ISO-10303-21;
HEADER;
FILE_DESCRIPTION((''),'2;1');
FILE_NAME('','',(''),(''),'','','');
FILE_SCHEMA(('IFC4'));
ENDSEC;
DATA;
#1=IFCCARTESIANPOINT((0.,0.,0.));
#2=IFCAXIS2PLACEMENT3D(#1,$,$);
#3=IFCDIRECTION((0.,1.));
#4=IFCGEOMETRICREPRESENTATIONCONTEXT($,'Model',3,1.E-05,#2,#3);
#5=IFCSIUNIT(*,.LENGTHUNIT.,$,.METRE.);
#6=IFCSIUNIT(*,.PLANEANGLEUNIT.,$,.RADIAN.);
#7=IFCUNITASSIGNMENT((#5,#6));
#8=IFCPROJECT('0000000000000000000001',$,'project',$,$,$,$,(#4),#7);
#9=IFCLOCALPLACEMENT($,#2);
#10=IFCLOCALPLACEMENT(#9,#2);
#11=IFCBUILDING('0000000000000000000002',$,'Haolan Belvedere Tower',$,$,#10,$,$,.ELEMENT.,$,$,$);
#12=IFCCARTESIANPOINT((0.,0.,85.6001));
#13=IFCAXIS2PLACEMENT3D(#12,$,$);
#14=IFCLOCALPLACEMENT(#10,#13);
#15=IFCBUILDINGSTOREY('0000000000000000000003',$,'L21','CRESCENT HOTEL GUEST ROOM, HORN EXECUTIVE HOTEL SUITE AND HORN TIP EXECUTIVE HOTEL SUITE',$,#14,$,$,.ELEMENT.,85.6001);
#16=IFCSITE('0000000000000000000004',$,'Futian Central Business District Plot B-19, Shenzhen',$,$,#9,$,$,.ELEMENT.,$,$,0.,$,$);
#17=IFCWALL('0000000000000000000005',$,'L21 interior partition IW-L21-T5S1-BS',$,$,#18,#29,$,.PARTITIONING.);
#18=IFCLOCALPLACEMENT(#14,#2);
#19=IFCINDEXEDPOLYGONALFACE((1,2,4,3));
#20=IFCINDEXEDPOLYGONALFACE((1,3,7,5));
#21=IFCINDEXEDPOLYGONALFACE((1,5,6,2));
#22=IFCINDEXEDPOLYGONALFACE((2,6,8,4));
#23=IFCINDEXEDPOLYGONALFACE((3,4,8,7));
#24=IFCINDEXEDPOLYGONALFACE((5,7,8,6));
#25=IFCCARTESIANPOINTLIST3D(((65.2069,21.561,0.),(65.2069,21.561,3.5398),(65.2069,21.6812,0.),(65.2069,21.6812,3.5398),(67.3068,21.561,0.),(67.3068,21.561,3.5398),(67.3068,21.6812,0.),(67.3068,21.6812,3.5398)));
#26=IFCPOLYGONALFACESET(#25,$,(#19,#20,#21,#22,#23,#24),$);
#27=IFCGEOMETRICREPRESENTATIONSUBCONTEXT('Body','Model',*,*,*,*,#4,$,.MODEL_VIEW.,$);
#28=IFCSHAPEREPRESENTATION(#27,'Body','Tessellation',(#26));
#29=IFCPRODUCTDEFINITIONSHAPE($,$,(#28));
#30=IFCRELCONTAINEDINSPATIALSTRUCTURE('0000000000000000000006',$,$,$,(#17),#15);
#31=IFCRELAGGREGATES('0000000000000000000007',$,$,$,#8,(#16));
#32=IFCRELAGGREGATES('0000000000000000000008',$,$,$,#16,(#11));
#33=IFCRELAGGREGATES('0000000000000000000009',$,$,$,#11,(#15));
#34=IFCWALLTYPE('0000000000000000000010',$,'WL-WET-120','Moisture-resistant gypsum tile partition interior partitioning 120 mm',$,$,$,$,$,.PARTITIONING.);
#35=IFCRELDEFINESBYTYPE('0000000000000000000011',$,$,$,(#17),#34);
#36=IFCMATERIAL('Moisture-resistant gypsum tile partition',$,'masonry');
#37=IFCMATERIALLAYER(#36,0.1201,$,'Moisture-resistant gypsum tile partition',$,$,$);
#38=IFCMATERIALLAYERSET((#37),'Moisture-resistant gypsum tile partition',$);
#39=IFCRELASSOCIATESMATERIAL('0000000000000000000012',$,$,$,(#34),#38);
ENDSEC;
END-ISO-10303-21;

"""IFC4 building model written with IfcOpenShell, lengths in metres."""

from ifc_helpers import new_model, si_unit, direction, frame, frame_2d, origin, place, context, subcontext, project, spatial, rectangle, extrude, material, layer, layer_set, type_object, element, save


model = new_model("IFC4")

# Units and contexts
model_context = context("Model", 3, precision=1e-05, world=origin(), true_north=direction((0.0, 1.0)))
body_context = subcontext(model_context, "Body", "Model", "MODEL_VIEW")
ifc_project = project(units=[si_unit("LENGTHUNIT", "METRE"), si_unit("PLANEANGLEUNIT", "RADIAN")], contexts=[model_context])

# Site, building, storey
site_placement = place(None, origin())
site = spatial("IfcSite", under=ifc_project, at=site_placement, Name="Futian Central Business District Plot B-19, Shenzhen", CompositionType="ELEMENT", RefElevation=0.0)
building_placement = place(site_placement, origin())
building = spatial("IfcBuilding", under=site, at=building_placement, Name="Haolan Belvedere Tower", CompositionType="ELEMENT")
storey_placement = place(building_placement, frame((0.0, 0.0, 85.6001)))
storey = spatial("IfcBuildingStorey", under=building, at=storey_placement, Name="L21", Description="CRESCENT HOTEL GUEST ROOM, HORN EXECUTIVE HOTEL SUITE AND HORN TIP EXECUTIVE HOTEL SUITE", CompositionType="ELEMENT", Elevation=85.6001)

# Shared definitions
ifc_material_1 = material(Name="Moisture-resistant gypsum tile partition", Category="masonry")
ifc_layer_1 = layer(ifc_material_1, 0.1201, Name="Moisture-resistant gypsum tile partition")
ifc_layer_set_1 = layer_set([ifc_layer_1], Name="Moisture-resistant gypsum tile partition")
wall_type_1 = type_object("IfcWallType", Name="WL-WET-120", Description="Moisture-resistant gypsum tile partition interior partitioning 120 mm", PredefinedType="PARTITIONING", material=ifc_layer_set_1)

# Wall
wall_1_placement = place(storey_placement, frame((65.207, 21.6211, 0.0), z_axis=(0.0, 0.0, 1.0), x_axis=(1.0, 0.0, 0.0)))
element("IfcWall", 1, at=wall_1_placement, inside=storey, type_object=wall_type_1, Name="L21 interior partition IW-L21-T5S1-BS", PredefinedType="PARTITIONING", context=body_context, shape_type="SweptSolid", body=[
    extrude(rectangle(XDim=2.0999, YDim=0.1201, at=frame_2d((1.0498, 0.0))), origin(), (0.0, 0.0, 1.0), 3.5398),
])

save(model, "model.ifc")
